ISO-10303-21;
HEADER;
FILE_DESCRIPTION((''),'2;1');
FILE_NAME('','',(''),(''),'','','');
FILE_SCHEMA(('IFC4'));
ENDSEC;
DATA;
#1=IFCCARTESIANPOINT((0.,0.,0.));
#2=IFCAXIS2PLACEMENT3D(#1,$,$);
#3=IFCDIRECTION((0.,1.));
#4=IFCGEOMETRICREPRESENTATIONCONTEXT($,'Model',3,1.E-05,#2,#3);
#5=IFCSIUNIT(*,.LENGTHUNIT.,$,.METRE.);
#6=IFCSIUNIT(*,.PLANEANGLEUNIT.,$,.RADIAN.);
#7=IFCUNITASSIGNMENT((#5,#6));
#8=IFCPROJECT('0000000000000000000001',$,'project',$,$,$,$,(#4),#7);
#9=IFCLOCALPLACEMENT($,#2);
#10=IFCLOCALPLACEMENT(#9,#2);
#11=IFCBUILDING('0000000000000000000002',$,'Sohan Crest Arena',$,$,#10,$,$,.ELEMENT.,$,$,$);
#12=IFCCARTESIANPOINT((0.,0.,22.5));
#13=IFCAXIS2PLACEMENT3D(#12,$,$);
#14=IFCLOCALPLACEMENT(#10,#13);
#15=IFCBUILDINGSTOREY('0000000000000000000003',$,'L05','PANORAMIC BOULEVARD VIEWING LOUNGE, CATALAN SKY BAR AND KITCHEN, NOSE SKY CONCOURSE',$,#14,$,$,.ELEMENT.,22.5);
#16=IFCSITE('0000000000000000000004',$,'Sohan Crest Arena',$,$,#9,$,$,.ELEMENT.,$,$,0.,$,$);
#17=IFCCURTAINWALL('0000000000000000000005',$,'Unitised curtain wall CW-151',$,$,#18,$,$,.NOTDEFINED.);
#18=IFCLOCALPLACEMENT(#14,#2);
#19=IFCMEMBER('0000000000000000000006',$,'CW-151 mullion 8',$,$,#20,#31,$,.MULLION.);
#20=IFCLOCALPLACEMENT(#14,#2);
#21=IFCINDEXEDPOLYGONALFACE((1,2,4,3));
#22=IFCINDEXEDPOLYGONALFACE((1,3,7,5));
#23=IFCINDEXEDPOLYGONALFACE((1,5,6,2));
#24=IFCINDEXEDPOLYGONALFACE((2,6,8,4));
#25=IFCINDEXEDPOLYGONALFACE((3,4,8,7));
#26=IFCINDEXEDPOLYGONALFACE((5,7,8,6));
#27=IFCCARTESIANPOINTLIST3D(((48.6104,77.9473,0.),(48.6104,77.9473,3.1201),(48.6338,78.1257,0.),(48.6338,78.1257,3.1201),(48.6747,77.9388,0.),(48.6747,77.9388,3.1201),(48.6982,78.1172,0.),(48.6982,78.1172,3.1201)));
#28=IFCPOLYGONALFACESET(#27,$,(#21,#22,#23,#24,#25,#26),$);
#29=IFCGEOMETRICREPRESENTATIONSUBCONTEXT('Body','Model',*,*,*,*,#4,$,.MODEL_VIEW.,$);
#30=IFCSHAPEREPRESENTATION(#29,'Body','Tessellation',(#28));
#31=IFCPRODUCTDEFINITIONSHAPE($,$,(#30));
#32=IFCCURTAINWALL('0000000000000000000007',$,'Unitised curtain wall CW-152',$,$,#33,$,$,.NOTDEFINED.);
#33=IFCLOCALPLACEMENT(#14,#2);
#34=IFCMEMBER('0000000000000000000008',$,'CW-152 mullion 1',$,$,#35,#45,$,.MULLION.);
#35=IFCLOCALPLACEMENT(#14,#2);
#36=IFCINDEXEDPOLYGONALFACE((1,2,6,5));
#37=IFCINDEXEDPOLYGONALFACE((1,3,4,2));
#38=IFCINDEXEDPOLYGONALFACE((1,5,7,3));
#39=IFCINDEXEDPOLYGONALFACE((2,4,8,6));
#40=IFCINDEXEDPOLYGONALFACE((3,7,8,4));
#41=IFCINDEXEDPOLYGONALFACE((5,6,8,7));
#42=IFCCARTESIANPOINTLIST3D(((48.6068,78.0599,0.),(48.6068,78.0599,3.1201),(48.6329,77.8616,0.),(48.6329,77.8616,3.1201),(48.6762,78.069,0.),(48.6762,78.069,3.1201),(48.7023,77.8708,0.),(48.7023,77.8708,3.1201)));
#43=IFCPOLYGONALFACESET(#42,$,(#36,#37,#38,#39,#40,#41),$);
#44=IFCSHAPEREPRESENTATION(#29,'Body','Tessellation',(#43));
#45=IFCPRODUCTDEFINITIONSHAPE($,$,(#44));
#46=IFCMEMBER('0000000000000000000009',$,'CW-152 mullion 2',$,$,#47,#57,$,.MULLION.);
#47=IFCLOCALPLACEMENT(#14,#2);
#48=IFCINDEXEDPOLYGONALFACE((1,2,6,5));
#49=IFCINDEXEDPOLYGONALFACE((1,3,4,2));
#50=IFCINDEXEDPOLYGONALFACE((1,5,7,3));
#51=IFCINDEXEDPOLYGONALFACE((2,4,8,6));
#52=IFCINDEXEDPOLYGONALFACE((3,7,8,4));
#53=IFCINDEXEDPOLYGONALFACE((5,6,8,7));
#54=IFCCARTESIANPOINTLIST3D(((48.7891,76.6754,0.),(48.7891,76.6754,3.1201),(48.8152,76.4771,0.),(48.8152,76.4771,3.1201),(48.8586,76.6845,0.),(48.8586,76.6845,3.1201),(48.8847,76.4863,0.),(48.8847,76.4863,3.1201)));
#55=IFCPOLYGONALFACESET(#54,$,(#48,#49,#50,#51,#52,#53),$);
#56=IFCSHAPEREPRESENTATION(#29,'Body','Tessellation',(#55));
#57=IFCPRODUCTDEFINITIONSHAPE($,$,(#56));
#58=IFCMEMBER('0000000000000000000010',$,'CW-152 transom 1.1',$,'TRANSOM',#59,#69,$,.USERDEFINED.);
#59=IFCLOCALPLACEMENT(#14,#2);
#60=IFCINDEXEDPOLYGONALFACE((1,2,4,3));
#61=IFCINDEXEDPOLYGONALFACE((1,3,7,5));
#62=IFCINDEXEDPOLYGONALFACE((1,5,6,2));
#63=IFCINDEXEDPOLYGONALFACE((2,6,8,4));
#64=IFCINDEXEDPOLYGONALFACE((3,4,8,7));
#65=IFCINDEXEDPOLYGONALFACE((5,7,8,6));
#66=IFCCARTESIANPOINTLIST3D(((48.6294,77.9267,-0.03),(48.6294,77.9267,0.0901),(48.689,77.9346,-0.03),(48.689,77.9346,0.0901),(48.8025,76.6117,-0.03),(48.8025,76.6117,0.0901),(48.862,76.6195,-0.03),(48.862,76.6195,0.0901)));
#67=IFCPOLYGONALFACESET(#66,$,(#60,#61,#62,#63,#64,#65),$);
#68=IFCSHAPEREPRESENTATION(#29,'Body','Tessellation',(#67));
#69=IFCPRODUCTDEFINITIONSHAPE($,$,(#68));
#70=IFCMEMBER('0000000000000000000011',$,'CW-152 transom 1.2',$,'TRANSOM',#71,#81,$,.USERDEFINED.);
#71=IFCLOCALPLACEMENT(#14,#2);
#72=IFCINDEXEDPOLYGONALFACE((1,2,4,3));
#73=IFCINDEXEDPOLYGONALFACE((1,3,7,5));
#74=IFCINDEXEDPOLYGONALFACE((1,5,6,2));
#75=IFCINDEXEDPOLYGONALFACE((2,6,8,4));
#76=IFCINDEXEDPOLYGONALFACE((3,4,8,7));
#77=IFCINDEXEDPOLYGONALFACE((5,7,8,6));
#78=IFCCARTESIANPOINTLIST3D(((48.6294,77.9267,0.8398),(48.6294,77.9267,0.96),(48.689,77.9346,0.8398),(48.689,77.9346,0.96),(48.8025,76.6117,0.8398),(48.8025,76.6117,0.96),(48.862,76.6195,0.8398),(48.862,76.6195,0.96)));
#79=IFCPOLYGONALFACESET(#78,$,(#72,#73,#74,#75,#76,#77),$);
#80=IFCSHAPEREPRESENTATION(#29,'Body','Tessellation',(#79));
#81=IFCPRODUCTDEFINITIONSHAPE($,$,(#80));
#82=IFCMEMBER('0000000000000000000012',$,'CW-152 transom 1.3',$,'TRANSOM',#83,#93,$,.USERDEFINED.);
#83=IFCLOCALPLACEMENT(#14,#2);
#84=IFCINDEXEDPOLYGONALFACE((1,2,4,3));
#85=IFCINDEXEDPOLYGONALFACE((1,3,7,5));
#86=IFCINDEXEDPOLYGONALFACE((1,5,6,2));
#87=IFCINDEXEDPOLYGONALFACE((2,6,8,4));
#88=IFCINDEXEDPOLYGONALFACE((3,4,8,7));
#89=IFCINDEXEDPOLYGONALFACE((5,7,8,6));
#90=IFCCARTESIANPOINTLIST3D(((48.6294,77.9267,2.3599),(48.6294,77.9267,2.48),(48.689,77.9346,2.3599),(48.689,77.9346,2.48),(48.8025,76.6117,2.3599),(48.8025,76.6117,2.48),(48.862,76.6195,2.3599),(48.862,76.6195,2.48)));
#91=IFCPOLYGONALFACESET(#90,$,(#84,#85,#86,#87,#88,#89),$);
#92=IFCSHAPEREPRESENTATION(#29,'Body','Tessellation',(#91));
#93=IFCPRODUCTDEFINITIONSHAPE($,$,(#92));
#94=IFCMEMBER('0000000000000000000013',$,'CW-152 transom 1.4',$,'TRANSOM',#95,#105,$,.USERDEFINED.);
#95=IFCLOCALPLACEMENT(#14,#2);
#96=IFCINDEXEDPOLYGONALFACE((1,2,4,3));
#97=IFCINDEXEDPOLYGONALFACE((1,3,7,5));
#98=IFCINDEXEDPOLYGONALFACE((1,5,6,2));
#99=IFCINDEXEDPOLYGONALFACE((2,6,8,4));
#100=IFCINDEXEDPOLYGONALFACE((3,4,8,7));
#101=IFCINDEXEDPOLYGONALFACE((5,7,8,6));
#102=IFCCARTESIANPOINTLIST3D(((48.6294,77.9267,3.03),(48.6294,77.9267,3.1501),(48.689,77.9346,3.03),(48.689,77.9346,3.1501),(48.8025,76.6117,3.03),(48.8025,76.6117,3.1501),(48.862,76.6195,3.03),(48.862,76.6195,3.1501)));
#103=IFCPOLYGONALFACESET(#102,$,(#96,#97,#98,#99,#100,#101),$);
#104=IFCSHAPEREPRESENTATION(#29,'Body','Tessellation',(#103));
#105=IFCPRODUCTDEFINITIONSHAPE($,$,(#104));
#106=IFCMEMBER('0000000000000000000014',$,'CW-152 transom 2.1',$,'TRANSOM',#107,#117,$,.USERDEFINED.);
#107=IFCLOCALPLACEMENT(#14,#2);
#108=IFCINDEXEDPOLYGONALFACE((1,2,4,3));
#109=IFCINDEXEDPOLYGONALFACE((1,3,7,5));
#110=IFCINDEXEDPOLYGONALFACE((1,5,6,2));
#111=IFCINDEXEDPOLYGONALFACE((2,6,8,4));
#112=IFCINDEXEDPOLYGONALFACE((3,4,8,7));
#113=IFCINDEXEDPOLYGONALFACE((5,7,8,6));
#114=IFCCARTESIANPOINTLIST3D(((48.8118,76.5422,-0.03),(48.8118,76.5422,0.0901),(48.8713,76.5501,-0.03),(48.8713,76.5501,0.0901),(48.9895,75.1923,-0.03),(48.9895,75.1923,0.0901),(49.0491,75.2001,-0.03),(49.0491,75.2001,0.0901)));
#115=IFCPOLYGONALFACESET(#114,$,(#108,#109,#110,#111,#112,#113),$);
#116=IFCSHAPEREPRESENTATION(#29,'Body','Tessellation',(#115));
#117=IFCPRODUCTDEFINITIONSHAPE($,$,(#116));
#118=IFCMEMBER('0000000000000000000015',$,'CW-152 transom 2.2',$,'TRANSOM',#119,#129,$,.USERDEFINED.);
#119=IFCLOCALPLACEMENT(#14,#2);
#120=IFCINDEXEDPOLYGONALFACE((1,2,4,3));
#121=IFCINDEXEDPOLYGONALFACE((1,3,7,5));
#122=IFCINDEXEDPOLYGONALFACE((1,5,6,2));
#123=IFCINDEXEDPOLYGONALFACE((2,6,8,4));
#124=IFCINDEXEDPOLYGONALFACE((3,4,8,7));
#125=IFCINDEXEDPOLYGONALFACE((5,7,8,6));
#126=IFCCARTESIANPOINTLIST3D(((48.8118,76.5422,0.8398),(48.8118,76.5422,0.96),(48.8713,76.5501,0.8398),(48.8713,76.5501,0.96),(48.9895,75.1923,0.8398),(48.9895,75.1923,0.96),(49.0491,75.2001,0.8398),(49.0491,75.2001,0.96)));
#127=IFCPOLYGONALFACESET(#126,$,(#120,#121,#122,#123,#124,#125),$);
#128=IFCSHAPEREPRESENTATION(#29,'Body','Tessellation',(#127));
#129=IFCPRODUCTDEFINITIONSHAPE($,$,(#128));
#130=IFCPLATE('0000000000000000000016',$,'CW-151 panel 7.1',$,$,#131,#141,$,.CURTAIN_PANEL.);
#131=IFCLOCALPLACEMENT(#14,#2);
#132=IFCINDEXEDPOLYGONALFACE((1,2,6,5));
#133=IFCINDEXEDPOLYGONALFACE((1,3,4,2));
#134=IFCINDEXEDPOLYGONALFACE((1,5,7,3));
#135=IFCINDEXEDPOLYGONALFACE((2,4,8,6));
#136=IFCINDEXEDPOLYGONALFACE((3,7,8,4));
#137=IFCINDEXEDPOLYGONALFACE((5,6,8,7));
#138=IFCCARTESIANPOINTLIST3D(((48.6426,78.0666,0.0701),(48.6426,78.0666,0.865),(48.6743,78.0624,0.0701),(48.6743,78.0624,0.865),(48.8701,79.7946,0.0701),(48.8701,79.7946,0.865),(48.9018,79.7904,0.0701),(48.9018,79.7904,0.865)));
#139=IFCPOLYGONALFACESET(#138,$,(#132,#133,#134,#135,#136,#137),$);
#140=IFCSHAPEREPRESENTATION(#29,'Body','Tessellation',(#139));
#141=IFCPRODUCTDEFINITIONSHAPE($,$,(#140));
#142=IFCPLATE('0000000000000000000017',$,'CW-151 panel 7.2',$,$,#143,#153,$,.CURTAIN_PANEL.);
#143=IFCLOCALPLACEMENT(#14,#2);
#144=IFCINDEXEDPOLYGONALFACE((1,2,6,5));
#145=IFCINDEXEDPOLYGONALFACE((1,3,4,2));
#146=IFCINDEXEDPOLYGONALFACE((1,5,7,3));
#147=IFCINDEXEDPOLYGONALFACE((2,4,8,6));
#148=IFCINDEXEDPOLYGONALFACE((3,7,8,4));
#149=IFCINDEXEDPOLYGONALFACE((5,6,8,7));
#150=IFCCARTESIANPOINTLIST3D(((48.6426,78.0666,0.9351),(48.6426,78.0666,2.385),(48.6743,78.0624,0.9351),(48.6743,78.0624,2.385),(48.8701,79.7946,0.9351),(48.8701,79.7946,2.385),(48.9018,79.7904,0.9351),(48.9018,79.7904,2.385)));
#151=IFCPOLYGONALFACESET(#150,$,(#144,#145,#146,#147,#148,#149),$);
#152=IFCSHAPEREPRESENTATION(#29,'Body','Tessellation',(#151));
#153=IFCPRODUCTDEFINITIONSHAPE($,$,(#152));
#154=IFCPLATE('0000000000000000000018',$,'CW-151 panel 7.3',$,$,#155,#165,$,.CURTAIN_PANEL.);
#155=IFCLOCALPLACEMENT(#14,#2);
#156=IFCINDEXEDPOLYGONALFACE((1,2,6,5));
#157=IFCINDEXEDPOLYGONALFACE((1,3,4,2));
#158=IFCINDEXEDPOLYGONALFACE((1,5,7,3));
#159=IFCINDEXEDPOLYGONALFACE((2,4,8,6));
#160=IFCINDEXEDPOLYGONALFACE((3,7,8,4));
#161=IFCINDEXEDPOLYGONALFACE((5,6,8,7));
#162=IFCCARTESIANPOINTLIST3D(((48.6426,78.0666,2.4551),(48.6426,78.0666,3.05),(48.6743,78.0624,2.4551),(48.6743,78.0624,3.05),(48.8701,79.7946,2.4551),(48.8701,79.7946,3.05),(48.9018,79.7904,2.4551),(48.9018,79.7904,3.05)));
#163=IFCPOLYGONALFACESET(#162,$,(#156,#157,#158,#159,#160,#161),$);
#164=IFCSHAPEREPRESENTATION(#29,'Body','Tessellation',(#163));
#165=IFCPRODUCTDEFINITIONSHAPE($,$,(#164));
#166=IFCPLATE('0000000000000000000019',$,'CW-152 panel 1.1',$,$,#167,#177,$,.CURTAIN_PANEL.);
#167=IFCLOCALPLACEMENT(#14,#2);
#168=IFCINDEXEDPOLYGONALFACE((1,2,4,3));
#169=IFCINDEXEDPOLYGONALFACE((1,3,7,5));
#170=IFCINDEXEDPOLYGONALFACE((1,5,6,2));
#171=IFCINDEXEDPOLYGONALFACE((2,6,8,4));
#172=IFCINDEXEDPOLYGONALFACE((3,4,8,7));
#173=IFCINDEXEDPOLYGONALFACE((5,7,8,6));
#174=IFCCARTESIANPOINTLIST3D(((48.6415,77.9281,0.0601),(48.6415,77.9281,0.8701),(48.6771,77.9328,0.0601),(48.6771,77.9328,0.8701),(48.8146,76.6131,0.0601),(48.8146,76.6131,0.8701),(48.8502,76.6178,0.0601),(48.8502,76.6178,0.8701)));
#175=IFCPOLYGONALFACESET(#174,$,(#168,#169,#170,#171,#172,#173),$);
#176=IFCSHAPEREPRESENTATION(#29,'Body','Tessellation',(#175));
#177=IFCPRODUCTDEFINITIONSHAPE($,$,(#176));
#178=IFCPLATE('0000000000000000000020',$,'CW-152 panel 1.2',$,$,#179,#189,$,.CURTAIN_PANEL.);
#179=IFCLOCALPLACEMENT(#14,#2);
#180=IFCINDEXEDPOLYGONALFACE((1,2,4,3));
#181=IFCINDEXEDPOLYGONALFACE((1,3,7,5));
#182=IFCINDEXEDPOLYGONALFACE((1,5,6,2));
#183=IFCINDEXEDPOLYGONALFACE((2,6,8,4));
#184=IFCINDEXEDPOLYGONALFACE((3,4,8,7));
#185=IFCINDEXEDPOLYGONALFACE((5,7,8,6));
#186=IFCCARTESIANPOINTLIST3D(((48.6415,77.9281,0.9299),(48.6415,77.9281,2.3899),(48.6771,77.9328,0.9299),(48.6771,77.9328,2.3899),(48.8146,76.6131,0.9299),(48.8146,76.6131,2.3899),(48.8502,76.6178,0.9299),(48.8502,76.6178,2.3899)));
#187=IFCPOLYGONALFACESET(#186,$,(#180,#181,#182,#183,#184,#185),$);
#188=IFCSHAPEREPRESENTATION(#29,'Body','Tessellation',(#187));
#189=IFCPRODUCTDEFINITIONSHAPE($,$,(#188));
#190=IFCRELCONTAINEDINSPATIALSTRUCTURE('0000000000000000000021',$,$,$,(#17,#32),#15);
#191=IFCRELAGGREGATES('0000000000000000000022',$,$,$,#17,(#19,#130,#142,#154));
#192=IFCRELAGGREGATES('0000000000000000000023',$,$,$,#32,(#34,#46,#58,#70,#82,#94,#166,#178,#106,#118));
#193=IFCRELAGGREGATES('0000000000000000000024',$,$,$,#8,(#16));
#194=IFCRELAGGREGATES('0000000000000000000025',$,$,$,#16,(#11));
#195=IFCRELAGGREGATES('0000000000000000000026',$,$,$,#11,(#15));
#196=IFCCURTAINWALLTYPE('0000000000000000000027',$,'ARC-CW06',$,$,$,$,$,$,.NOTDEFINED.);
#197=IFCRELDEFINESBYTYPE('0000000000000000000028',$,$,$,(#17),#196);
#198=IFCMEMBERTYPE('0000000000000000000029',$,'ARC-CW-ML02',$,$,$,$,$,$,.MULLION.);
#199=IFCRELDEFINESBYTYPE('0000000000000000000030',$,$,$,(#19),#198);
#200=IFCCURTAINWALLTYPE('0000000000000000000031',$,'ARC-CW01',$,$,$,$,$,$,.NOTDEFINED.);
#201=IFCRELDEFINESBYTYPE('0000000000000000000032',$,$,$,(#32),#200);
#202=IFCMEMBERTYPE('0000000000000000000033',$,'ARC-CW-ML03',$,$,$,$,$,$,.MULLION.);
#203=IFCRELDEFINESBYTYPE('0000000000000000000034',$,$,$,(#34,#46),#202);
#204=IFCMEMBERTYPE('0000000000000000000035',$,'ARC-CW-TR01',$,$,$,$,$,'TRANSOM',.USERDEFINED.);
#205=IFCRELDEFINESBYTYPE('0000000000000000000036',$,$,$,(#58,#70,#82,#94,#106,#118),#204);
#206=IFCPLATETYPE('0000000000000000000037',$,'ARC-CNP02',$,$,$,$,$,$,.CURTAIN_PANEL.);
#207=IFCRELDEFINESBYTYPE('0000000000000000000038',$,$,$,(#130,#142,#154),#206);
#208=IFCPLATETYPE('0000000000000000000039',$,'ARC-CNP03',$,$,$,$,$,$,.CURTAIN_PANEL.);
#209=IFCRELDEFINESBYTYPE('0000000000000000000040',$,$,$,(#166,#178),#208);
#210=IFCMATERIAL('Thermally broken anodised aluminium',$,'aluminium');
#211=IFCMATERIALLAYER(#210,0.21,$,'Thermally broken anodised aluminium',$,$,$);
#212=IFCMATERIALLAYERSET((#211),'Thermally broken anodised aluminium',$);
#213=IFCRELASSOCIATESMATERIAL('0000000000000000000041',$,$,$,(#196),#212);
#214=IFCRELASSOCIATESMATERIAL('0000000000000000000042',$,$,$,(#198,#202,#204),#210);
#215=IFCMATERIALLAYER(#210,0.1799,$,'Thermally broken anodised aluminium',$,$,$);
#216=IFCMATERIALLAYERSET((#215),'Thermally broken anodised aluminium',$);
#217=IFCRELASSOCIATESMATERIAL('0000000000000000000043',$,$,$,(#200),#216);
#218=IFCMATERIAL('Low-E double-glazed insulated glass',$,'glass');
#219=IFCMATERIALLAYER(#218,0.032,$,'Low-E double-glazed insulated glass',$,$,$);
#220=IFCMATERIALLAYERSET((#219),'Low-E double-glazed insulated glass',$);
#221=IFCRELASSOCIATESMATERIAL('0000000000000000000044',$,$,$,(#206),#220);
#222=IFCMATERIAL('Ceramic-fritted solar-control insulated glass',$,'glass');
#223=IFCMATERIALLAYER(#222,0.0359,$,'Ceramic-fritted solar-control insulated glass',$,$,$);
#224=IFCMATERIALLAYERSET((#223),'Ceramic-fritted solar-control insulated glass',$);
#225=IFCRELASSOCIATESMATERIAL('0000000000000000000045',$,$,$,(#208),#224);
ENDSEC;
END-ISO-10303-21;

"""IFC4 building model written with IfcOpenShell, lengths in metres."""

from ifc_helpers import new_model, si_unit, direction, frame, origin, origin_2d, place, context, subcontext, project, spatial, rectangle, extrude, material, layer, layer_set, material_profile, profile_set, type_object, element, aggregate, save


model = new_model("IFC4")

# Units and contexts
model_context = context("Model", 3, precision=1e-05, world=origin(), true_north=direction((0.0, 1.0)))
body_context = subcontext(model_context, "Body", "Model", "MODEL_VIEW")
ifc_project = project(units=[si_unit("LENGTHUNIT", "METRE"), si_unit("PLANEANGLEUNIT", "RADIAN")], contexts=[model_context])

# Site, building, storey
site_placement = place(None, origin())
site = spatial("IfcSite", under=ifc_project, at=site_placement, Name="Sohan Crest Arena", CompositionType="ELEMENT", RefElevation=0.0)
building_placement = place(site_placement, origin())
building = spatial("IfcBuilding", under=site, at=building_placement, Name="Sohan Crest Arena", CompositionType="ELEMENT")
storey_placement = place(building_placement, frame((0.0, 0.0, 22.5)))
storey = spatial("IfcBuildingStorey", under=building, at=storey_placement, Name="L05", Description="PANORAMIC BOULEVARD VIEWING LOUNGE, CATALAN SKY BAR AND KITCHEN, NOSE SKY CONCOURSE", CompositionType="ELEMENT", Elevation=22.5)

# Curtain wall, member
ifc_material_1 = material(Name="Thermally broken anodised aluminium", Category="aluminium")
ifc_layer_1 = layer(ifc_material_1, 0.21, Name="Thermally broken anodised aluminium")
ifc_layer_set_1 = layer_set([ifc_layer_1], Name="Thermally broken anodised aluminium")
curtain_wall_type_1 = type_object("IfcCurtainWallType", Name="ARC-CW06", PredefinedType="NOTDEFINED", material=ifc_layer_set_1)
curtain_wall_1_placement = place(storey_placement, origin())
curtain_wall_1 = element("IfcCurtainWall", 1, at=curtain_wall_1_placement, inside=storey, type_object=curtain_wall_type_1, Name="Unitised curtain wall CW-151", PredefinedType="NOTDEFINED")
ifc_material_profile_1 = material_profile(ifc_material_1, rectangle(XDim=0.0649, YDim=0.1799, at=origin_2d()), Name="ALU-MULL 65x180")
ifc_profile_set_1 = profile_set([ifc_material_profile_1], Name="Thermally broken anodised aluminium")
member_type_1 = type_object("IfcMemberType", Name="ARC-CW-ML02", PredefinedType="MULLION", material=ifc_profile_set_1)
member_1_placement = place(storey_placement, frame((48.6543, 78.0322, 0.0), z_axis=(0.0, 0.0, 1.0), x_axis=(0.991441, -0.130557, 0.0)))
member_1 = element("IfcMember", 2, at=member_1_placement, type_object=member_type_1, Name="CW-151 mullion 8", PredefinedType="MULLION", context=body_context, shape_type="SweptSolid", body=[
    extrude(rectangle(XDim=0.0649, YDim=0.1799, at=origin_2d()), origin(), (0.0, 0.0, 1.0), 3.1201),
])

# Curtain wall, members
ifc_layer_2 = layer(ifc_material_1, 0.1799, Name="Thermally broken anodised aluminium")
ifc_layer_set_2 = layer_set([ifc_layer_2], Name="Thermally broken anodised aluminium")
curtain_wall_type_2 = type_object("IfcCurtainWallType", Name="ARC-CW01", PredefinedType="NOTDEFINED", material=ifc_layer_set_2)
curtain_wall_2_placement = place(storey_placement, origin())
curtain_wall_2 = element("IfcCurtainWall", 3, at=curtain_wall_2_placement, inside=storey, type_object=curtain_wall_type_2, Name="Unitised curtain wall CW-152", PredefinedType="NOTDEFINED")
ifc_material_profile_2 = material_profile(ifc_material_1, rectangle(XDim=0.0701, YDim=0.2, at=origin_2d()), Name="ALU-MULL 70x200")
ifc_profile_set_2 = profile_set([ifc_material_profile_2], Name="Thermally broken anodised aluminium")
member_type_2 = type_object("IfcMemberType", Name="ARC-CW-ML03", PredefinedType="MULLION", material=ifc_profile_set_2)
member_2_placement = place(storey_placement, frame((48.6545, 77.9653, 0.0), z_axis=(0.0, 0.0, 1.0), x_axis=(0.991441, 0.130557, 0.0)))
member_2 = element("IfcMember", 4, at=member_2_placement, type_object=member_type_2, Name="CW-152 mullion 1", PredefinedType="MULLION", context=body_context, shape_type="SweptSolid", body=[
    extrude(rectangle(XDim=0.0701, YDim=0.2, at=origin_2d()), origin(), (0.0, 0.0, 1.0), 3.1201),
])
member_3_placement = place(storey_placement, frame((48.8369, 76.5808, 0.0), z_axis=(0.0, 0.0, 1.0), x_axis=(0.991441, 0.130557, 0.0)))
member_3 = element("IfcMember", 5, at=member_3_placement, type_object=member_type_2, Name="CW-152 mullion 2", PredefinedType="MULLION", context=body_context, shape_type="SweptSolid", body=[
    extrude(rectangle(XDim=0.0701, YDim=0.2, at=origin_2d()), origin(), (0.0, 0.0, 1.0), 3.1201),
])
ifc_material_profile_3 = material_profile(ifc_material_1, rectangle(XDim=0.0601, YDim=0.1201, at=origin_2d()), Name="ALU-TRAN 60x120")
ifc_profile_set_3 = profile_set([ifc_material_profile_3], Name="Thermally broken anodised aluminium")
member_type_3 = type_object("IfcMemberType", Name="ARC-CW-TR01", ElementType="TRANSOM", PredefinedType="USERDEFINED", material=ifc_profile_set_3)
member_4_placement = place(storey_placement, frame((48.6592, 77.9307, 0.03), z_axis=(0.130488, -0.99145, 0.0), x_axis=(0.99145, 0.130488, 0.0)))
member_4 = element("IfcMember", 6, at=member_4_placement, type_object=member_type_3, Name="CW-152 transom 1.1", ObjectType="TRANSOM", PredefinedType="USERDEFINED", context=body_context, shape_type="SweptSolid", body=[
    extrude(rectangle(XDim=0.0601, YDim=0.1201, at=origin_2d()), origin(), (0.0, 0.0, 1.0), 1.3264),
])
member_5_placement = place(storey_placement, frame((48.6592, 77.9307, 0.8999), z_axis=(0.130488, -0.99145, 0.0), x_axis=(0.99145, 0.130488, 0.0)))
member_5 = element("IfcMember", 7, at=member_5_placement, type_object=member_type_3, Name="CW-152 transom 1.2", ObjectType="TRANSOM", PredefinedType="USERDEFINED", context=body_context, shape_type="SweptSolid", body=[
    extrude(rectangle(XDim=0.0601, YDim=0.1201, at=origin_2d()), origin(), (0.0, 0.0, 1.0), 1.3264),
])
member_6_placement = place(storey_placement, frame((48.6592, 77.9307, 2.4199), z_axis=(0.130488, -0.99145, 0.0), x_axis=(0.99145, 0.130488, 0.0)))
member_6 = element("IfcMember", 8, at=member_6_placement, type_object=member_type_3, Name="CW-152 transom 1.3", ObjectType="TRANSOM", PredefinedType="USERDEFINED", context=body_context, shape_type="SweptSolid", body=[
    extrude(rectangle(XDim=0.0601, YDim=0.1201, at=origin_2d()), origin(), (0.0, 0.0, 1.0), 1.3264),
])
member_7_placement = place(storey_placement, frame((48.6592, 77.9307, 3.0901), z_axis=(0.130488, -0.99145, 0.0), x_axis=(0.99145, 0.130488, 0.0)))
member_7 = element("IfcMember", 9, at=member_7_placement, type_object=member_type_3, Name="CW-152 transom 1.4", ObjectType="TRANSOM", PredefinedType="USERDEFINED", context=body_context, shape_type="SweptSolid", body=[
    extrude(rectangle(XDim=0.0601, YDim=0.1201, at=origin_2d()), origin(), (0.0, 0.0, 1.0), 1.3264),
])
member_8_placement = place(storey_placement, frame((48.8416, 76.5461, 0.03), z_axis=(0.130543, -0.991443, 0.0), x_axis=(0.991443, 0.130543, 0.0)))
member_8 = element("IfcMember", 10, at=member_8_placement, type_object=member_type_3, Name="CW-152 transom 2.1", ObjectType="TRANSOM", PredefinedType="USERDEFINED", context=body_context, shape_type="SweptSolid", body=[
    extrude(rectangle(XDim=0.0601, YDim=0.1201, at=origin_2d()), origin(), (0.0, 0.0, 1.0), 1.3616),
])
member_9_placement = place(storey_placement, frame((48.8416, 76.5461, 0.8999), z_axis=(0.130543, -0.991443, 0.0), x_axis=(0.991443, 0.130543, 0.0)))
member_9 = element("IfcMember", 11, at=member_9_placement, type_object=member_type_3, Name="CW-152 transom 2.2", ObjectType="TRANSOM", PredefinedType="USERDEFINED", context=body_context, shape_type="SweptSolid", body=[
    extrude(rectangle(XDim=0.0601, YDim=0.1201, at=origin_2d()), origin(), (0.0, 0.0, 1.0), 1.3616),
])

# Plates
ifc_material_2 = material(Name="Low-E double-glazed insulated glass", Category="glass")
ifc_layer_3 = layer(ifc_material_2, 0.032, Name="Low-E double-glazed insulated glass")
ifc_layer_set_3 = layer_set([ifc_layer_3], Name="Low-E double-glazed insulated glass")
plate_type_1 = type_object("IfcPlateType", Name="ARC-CNP02", PredefinedType="CURTAIN_PANEL", material=ifc_layer_set_3)
plate_1_placement = place(storey_placement, frame((48.7722, 78.9285, 0.0701), z_axis=(0.0, 0.0, 1.0), x_axis=(-0.130557, -0.991441, 0.0)))
plate_1 = element("IfcPlate", 12, at=plate_1_placement, type_object=plate_type_1, Name="CW-151 panel 7.1", PredefinedType="CURTAIN_PANEL", context=body_context, shape_type="SweptSolid", body=[
    extrude(rectangle(XDim=1.7429, YDim=0.032, at=origin_2d()), origin(), (0.0, 0.0, 1.0), 0.7949),
])
plate_2_placement = place(storey_placement, frame((48.7722, 78.9285, 0.9351), z_axis=(0.0, 0.0, 1.0), x_axis=(-0.130557, -0.991441, 0.0)))
plate_2 = element("IfcPlate", 13, at=plate_2_placement, type_object=plate_type_1, Name="CW-151 panel 7.2", PredefinedType="CURTAIN_PANEL", context=body_context, shape_type="SweptSolid", body=[
    extrude(rectangle(XDim=1.7429, YDim=0.032, at=origin_2d()), origin(), (0.0, 0.0, 1.0), 1.45),
])
plate_3_placement = place(storey_placement, frame((48.7722, 78.9285, 2.4551), z_axis=(0.0, 0.0, 1.0), x_axis=(-0.130557, -0.991441, 0.0)))
plate_3 = element("IfcPlate", 14, at=plate_3_placement, type_object=plate_type_1, Name="CW-151 panel 7.3", PredefinedType="CURTAIN_PANEL", context=body_context, shape_type="SweptSolid", body=[
    extrude(rectangle(XDim=1.7429, YDim=0.032, at=origin_2d()), origin(), (0.0, 0.0, 1.0), 0.595),
])
aggregate(curtain_wall_1, [member_1, plate_1, plate_2, plate_3])
ifc_material_3 = material(Name="Ceramic-fritted solar-control insulated glass", Category="glass")
ifc_layer_4 = layer(ifc_material_3, 0.0359, Name="Ceramic-fritted solar-control insulated glass")
ifc_layer_set_4 = layer_set([ifc_layer_4], Name="Ceramic-fritted solar-control insulated glass")
plate_type_2 = type_object("IfcPlateType", Name="ARC-CNP03", PredefinedType="CURTAIN_PANEL", material=ifc_layer_set_4)
plate_4_placement = place(storey_placement, frame((48.7458, 77.2729, 0.0601), z_axis=(0.0, 0.0, 1.0), x_axis=(0.130557, -0.991441, 0.0)))
plate_4 = element("IfcPlate", 15, at=plate_4_placement, type_object=plate_type_2, Name="CW-152 panel 1.1", PredefinedType="CURTAIN_PANEL", context=body_context, shape_type="SweptSolid", body=[
    extrude(rectangle(XDim=1.3264, YDim=0.0359, at=origin_2d()), origin(), (0.0, 0.0, 1.0), 0.8101),
])
plate_5_placement = place(storey_placement, frame((48.7458, 77.2729, 0.9299), z_axis=(0.0, 0.0, 1.0), x_axis=(0.130557, -0.991441, 0.0)))
plate_5 = element("IfcPlate", 16, at=plate_5_placement, type_object=plate_type_2, Name="CW-152 panel 1.2", PredefinedType="CURTAIN_PANEL", context=body_context, shape_type="SweptSolid", body=[
    extrude(rectangle(XDim=1.3264, YDim=0.0359, at=origin_2d()), origin(), (0.0, 0.0, 1.0), 1.46),
])
aggregate(curtain_wall_2, [member_2, member_3, member_4, member_5, member_6, member_7, plate_4, plate_5, member_8, member_9])

save(model, "model.ifc")
